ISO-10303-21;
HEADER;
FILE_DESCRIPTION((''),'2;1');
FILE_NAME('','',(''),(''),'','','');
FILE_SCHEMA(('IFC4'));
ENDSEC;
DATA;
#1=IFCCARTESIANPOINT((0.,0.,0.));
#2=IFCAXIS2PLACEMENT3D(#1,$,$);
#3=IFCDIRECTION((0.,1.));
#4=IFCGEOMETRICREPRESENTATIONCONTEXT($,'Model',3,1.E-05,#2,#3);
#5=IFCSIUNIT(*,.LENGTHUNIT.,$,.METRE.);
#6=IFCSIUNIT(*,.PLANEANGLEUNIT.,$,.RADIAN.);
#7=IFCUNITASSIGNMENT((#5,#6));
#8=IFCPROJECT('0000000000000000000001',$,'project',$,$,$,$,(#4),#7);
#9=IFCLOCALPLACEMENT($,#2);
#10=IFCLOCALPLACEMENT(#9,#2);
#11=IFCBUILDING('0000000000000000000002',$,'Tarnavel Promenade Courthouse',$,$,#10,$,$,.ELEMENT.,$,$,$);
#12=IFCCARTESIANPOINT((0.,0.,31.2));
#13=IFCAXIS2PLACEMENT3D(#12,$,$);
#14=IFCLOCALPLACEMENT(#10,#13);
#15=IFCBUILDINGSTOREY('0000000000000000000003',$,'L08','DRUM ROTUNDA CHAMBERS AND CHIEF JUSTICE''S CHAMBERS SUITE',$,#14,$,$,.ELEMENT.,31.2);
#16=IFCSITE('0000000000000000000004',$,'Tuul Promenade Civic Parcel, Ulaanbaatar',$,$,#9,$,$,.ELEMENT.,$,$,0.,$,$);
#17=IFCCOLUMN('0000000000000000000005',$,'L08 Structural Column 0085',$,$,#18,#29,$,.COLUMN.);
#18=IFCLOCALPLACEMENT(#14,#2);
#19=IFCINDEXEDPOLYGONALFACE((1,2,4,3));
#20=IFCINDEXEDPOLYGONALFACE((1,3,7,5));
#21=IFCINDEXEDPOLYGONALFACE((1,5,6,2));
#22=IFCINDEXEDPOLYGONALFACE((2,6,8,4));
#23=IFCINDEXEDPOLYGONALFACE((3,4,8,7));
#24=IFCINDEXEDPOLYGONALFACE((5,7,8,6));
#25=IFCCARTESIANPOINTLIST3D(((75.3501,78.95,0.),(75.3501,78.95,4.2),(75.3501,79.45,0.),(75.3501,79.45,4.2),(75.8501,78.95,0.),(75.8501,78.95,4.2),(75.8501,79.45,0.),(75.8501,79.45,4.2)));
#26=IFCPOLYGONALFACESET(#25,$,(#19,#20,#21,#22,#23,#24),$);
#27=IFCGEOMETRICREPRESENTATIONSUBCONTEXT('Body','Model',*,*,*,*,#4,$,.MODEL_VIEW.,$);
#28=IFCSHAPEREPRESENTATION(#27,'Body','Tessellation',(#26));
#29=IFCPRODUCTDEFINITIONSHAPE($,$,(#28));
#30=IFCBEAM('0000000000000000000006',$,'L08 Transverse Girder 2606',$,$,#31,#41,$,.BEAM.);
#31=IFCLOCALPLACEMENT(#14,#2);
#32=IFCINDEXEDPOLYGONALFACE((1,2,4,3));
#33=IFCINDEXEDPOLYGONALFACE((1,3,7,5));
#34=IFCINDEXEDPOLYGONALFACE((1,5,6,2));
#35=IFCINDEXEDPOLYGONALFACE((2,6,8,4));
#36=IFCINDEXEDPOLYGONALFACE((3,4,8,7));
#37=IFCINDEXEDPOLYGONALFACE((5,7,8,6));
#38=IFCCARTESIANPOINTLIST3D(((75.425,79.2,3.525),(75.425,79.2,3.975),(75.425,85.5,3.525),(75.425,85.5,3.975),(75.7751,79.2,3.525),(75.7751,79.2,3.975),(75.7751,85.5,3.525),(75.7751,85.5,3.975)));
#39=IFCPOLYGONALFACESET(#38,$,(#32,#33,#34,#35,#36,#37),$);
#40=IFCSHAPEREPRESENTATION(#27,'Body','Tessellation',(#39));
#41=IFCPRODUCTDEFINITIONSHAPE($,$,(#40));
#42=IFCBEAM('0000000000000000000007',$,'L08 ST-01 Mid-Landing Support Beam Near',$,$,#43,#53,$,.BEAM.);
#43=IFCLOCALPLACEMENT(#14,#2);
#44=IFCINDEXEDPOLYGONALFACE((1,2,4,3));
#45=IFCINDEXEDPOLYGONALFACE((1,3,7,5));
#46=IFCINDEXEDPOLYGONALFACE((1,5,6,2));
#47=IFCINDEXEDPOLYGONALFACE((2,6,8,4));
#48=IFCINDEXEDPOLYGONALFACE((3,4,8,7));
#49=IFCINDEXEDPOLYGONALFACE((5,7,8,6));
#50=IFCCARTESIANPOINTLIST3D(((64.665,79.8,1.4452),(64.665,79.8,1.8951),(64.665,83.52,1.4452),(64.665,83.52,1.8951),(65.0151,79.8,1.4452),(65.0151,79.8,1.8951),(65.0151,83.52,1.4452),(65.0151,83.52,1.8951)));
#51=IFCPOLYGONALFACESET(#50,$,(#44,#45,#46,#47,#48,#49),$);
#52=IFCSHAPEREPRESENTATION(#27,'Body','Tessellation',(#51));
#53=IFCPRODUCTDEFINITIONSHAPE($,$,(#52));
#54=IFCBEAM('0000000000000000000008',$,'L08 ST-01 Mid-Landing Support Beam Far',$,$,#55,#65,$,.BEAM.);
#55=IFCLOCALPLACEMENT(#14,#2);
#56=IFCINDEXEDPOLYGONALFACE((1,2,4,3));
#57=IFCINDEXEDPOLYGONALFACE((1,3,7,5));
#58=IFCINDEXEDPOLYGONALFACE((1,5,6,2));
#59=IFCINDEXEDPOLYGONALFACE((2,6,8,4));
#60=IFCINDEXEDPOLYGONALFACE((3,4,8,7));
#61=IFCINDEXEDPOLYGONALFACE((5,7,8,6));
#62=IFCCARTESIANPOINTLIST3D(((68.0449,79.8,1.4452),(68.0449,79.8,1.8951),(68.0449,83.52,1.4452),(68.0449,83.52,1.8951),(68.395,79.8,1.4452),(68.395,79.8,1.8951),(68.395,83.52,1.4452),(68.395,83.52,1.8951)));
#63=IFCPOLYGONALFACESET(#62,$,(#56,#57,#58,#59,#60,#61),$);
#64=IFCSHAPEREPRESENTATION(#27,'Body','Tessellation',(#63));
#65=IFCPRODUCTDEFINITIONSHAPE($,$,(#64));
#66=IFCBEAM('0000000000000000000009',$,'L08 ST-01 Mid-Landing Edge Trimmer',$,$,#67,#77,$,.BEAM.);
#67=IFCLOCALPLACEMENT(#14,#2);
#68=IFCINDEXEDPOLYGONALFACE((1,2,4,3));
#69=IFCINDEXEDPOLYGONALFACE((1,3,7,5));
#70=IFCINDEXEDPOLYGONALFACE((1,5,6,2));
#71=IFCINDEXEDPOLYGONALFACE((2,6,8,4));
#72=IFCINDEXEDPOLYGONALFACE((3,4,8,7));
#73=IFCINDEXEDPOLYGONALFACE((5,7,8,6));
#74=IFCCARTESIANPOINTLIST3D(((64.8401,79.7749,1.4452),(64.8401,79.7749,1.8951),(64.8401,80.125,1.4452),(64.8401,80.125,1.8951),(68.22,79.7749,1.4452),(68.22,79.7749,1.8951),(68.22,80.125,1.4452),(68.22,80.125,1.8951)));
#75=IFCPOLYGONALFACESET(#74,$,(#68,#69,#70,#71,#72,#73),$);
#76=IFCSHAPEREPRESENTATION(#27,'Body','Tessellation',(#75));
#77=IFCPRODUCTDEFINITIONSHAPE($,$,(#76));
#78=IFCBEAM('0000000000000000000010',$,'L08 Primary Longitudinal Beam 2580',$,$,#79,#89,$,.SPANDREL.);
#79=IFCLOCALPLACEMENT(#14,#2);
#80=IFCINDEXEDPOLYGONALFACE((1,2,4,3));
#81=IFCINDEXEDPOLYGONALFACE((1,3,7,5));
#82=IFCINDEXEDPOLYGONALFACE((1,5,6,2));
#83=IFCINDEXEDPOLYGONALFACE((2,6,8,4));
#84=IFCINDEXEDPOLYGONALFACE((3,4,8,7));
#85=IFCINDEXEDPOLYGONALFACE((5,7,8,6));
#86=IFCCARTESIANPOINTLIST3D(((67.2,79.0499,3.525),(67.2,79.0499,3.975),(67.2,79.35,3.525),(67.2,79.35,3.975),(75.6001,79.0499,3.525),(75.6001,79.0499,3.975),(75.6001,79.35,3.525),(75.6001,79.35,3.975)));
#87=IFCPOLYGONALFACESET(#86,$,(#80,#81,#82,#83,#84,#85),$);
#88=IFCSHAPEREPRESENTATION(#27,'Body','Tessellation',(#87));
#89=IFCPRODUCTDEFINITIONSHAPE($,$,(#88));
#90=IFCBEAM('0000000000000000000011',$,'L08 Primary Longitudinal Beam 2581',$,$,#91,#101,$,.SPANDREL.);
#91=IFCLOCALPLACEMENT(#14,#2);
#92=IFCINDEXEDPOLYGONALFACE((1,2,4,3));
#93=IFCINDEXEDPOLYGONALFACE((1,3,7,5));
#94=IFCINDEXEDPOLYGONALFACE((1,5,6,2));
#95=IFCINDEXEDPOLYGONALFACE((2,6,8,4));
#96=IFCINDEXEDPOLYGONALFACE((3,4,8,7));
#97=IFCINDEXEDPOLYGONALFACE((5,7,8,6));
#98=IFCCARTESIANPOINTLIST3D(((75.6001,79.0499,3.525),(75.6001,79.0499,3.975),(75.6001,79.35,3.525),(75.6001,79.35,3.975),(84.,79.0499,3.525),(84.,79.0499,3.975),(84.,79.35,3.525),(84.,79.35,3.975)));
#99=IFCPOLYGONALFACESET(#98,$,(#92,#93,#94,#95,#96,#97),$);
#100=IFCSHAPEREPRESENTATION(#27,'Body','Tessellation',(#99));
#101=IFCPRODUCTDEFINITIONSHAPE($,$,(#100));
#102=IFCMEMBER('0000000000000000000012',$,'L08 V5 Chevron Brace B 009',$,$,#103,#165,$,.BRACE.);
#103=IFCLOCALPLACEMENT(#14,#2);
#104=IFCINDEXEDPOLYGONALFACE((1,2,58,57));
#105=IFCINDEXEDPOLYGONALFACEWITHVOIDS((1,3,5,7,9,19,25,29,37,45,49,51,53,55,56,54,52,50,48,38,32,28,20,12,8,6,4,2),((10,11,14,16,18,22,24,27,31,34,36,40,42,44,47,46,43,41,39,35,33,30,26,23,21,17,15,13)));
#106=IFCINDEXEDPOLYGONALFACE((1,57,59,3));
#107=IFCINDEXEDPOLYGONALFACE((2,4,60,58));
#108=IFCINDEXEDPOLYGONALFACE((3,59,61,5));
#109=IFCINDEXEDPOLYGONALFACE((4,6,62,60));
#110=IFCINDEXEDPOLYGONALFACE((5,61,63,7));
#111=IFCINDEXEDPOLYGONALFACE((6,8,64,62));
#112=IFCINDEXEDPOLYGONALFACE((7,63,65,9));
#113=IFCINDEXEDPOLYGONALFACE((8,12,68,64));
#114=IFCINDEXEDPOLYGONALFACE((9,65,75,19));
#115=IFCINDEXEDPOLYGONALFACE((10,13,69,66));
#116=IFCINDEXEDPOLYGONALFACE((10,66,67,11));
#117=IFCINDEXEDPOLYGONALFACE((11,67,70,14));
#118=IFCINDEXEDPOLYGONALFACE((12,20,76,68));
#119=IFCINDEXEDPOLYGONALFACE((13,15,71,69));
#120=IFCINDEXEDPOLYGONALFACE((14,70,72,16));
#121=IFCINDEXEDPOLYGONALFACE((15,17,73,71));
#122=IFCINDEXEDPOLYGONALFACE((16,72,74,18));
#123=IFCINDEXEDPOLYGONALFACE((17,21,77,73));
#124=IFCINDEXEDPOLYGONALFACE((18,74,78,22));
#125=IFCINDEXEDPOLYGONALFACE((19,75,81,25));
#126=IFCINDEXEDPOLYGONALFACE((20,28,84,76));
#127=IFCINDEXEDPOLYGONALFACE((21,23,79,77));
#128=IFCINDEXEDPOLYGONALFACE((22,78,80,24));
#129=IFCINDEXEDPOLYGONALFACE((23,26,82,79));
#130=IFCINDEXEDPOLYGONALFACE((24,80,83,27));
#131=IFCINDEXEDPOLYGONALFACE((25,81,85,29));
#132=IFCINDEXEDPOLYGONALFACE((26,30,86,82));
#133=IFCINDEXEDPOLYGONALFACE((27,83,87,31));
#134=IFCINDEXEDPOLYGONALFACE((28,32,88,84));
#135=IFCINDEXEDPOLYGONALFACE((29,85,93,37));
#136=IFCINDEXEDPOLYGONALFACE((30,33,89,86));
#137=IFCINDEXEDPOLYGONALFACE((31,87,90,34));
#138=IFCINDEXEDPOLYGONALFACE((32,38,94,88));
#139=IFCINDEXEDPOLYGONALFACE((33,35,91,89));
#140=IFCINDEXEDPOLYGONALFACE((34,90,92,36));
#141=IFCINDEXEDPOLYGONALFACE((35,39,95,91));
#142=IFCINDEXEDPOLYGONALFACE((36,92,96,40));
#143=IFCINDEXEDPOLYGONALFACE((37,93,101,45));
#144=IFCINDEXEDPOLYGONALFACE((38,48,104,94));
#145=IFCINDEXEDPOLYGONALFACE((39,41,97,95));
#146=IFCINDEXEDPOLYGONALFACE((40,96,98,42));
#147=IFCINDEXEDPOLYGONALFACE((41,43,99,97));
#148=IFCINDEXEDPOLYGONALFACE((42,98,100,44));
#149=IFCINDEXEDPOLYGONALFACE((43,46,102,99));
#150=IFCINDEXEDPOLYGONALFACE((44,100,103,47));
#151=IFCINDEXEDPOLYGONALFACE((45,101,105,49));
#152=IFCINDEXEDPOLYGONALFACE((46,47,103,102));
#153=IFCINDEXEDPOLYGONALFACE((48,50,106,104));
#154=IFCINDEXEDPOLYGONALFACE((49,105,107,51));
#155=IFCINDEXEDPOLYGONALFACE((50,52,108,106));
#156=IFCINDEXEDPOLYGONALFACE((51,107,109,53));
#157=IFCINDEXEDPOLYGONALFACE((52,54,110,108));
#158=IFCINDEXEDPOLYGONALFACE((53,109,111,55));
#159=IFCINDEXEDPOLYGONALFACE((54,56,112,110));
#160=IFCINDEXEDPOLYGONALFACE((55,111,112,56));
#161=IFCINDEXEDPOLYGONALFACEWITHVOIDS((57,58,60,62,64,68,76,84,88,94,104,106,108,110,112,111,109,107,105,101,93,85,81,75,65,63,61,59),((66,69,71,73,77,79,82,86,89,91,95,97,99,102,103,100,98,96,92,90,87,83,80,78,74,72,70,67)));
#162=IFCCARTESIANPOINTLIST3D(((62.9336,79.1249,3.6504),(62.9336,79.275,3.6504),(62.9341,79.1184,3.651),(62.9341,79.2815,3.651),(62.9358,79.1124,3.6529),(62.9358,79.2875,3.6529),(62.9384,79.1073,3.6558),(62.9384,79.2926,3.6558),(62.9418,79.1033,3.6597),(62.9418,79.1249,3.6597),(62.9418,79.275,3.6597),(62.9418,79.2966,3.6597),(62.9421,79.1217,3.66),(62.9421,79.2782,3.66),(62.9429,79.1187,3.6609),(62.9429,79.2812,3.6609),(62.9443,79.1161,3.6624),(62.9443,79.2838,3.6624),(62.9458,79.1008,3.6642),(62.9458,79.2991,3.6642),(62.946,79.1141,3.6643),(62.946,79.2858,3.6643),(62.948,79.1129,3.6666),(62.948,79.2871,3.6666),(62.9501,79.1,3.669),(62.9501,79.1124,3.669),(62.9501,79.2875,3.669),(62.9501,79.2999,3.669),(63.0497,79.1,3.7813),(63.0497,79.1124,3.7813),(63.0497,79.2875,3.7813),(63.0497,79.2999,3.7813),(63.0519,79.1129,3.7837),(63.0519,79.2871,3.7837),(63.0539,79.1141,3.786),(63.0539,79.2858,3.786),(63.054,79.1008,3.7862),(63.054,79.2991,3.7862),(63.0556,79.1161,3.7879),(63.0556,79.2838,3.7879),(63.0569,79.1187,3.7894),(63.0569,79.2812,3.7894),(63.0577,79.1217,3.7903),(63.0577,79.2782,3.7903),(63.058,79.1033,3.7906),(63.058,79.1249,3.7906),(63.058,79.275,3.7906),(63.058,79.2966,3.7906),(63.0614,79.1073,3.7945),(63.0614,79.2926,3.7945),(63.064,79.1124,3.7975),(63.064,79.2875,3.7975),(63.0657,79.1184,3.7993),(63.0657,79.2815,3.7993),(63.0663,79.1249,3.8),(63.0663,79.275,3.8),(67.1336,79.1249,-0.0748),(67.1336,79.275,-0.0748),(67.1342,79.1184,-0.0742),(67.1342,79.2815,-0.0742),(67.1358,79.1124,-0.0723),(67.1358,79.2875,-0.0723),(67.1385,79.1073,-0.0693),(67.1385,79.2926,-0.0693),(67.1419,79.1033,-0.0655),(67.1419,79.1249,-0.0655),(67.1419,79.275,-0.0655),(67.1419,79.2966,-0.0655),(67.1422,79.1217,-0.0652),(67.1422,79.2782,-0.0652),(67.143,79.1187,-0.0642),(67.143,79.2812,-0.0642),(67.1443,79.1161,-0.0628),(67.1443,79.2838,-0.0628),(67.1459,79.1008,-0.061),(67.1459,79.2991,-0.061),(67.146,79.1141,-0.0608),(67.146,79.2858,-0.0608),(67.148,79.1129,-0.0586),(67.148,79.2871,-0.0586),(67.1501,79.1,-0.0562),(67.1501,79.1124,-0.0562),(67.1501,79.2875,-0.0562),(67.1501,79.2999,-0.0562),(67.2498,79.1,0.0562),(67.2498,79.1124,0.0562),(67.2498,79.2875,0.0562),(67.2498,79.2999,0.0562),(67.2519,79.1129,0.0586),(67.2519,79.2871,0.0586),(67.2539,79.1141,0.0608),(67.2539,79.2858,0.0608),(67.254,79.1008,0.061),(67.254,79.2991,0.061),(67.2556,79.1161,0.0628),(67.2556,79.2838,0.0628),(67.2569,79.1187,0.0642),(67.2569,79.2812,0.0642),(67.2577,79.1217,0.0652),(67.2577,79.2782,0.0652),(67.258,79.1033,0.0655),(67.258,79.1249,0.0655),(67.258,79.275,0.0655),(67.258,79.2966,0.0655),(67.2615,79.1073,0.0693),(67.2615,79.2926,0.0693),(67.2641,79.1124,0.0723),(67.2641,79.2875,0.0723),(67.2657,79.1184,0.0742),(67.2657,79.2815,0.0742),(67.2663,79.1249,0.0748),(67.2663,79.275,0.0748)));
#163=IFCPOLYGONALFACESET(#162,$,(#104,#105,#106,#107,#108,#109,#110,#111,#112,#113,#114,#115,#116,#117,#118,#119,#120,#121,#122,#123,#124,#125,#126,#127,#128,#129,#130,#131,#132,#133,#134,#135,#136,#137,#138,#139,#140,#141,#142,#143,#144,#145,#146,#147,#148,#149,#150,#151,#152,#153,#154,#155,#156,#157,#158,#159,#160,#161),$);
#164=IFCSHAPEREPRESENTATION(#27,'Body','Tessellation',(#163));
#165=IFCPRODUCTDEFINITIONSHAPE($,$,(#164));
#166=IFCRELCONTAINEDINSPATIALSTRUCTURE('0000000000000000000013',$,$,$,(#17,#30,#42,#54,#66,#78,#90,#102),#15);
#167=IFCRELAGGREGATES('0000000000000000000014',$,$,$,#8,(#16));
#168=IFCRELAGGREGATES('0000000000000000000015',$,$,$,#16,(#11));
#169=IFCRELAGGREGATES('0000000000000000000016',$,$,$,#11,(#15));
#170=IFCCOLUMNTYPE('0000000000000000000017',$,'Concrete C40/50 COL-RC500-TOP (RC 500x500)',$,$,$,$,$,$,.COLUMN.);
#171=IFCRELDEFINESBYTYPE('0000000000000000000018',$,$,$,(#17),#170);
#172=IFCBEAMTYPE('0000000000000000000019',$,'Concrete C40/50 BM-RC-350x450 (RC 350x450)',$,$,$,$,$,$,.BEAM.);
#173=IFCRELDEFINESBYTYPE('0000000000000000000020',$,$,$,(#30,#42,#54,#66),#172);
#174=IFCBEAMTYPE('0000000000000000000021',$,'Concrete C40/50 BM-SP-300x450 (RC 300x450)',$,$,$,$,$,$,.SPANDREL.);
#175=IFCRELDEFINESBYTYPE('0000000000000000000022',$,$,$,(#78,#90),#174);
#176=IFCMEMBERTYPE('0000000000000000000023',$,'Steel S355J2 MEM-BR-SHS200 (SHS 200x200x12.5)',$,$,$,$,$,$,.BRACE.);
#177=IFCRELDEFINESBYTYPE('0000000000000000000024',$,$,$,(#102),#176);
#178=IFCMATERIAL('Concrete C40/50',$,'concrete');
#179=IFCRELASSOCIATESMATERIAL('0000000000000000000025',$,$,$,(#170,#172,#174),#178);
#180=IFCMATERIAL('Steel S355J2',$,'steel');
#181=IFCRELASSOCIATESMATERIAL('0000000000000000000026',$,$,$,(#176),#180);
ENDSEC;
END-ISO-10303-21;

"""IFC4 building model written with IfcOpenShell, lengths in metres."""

from ifc_helpers import new_model, si_unit, direction, frame, origin, origin_2d, place, context, subcontext, project, spatial, rectangle, hollow_rectangle, extrude, material, material_profile, profile_set, type_object, element, save


model = new_model("IFC4")

# Units and contexts
model_context = context("Model", 3, precision=1e-05, world=origin(), true_north=direction((0.0, 1.0)))
body_context = subcontext(model_context, "Body", "Model", "MODEL_VIEW")
ifc_project = project(units=[si_unit("LENGTHUNIT", "METRE"), si_unit("PLANEANGLEUNIT", "RADIAN")], contexts=[model_context])

# Site, building, storey
site_placement = place(None, origin())
site = spatial("IfcSite", under=ifc_project, at=site_placement, Name="Tuul Promenade Civic Parcel, Ulaanbaatar", CompositionType="ELEMENT", RefElevation=0.0)
building_placement = place(site_placement, origin())
building = spatial("IfcBuilding", under=site, at=building_placement, Name="Tarnavel Promenade Courthouse", CompositionType="ELEMENT")
storey_placement = place(building_placement, frame((0.0, 0.0, 31.2)))
storey = spatial("IfcBuildingStorey", under=building, at=storey_placement, Name="L08", Description="DRUM ROTUNDA CHAMBERS AND CHIEF JUSTICE'S CHAMBERS SUITE", CompositionType="ELEMENT", Elevation=31.2)

# Column
ifc_material_1 = material(Name="Concrete C40/50", Category="concrete")
ifc_material_profile_1 = material_profile(ifc_material_1, rectangle(XDim=0.5, YDim=0.5, at=origin_2d()), Name="RC 500x500")
ifc_profile_set_1 = profile_set([ifc_material_profile_1], Name="Concrete C40/50")
column_type = type_object("IfcColumnType", Name="Concrete C40/50 COL-RC500-TOP (RC 500x500)", PredefinedType="COLUMN", material=ifc_profile_set_1)
column_placement = place(storey_placement, frame((75.6001, 79.2, 0.0), z_axis=(0.0, 0.0, 1.0), x_axis=(1.0, 0.0, 0.0)))
element("IfcColumn", 1, at=column_placement, inside=storey, type_object=column_type, Name="L08 Structural Column 0085", PredefinedType="COLUMN", context=body_context, shape_type="SweptSolid", body=[
    extrude(rectangle(XDim=0.5, YDim=0.5, at=origin_2d()), origin(), (0.0, 0.0, 1.0), 4.2),
])

# Beams
ifc_material_profile_2 = material_profile(ifc_material_1, rectangle(XDim=0.3501, YDim=0.45, at=origin_2d()), Name="RC 350x450")
ifc_profile_set_2 = profile_set([ifc_material_profile_2], Name="Concrete C40/50")
beam_type_1 = type_object("IfcBeamType", Name="Concrete C40/50 BM-RC-350x450 (RC 350x450)", PredefinedType="BEAM", material=ifc_profile_set_2)
beam_1_placement = place(storey_placement, frame((75.6001, 79.2, 3.75), z_axis=(0.0, 1.0, 0.0), x_axis=(-1.0, 0.0, 0.0)))
element("IfcBeam", 2, at=beam_1_placement, inside=storey, type_object=beam_type_1, Name="L08 Transverse Girder 2606", PredefinedType="BEAM", context=body_context, shape_type="SweptSolid", body=[
    extrude(rectangle(XDim=0.3501, YDim=0.45, at=origin_2d()), origin(), (0.0, 0.0, 1.0), 6.3),
])
for number, where, z_axis, x_axis, name in (
    (3, (64.8401, 79.8, 1.6702), (0.0, 1.0, 0.0), (-1.0, 0.0, 0.0), "L08 ST-01 Mid-Landing Support Beam Near"),
    (4, (68.22, 79.8, 1.6702), (0.0, 1.0, 0.0), (-1.0, 0.0, 0.0), "L08 ST-01 Mid-Landing Support Beam Far"),
):
    element("IfcBeam", number, at=place(storey_placement, frame(where, z_axis=z_axis, x_axis=x_axis)), inside=storey, type_object=beam_type_1, Name=name, PredefinedType="BEAM", context=body_context, shape_type="SweptSolid", body=[
        extrude(rectangle(XDim=0.3501, YDim=0.45, at=origin_2d()), origin(), (0.0, 0.0, 1.0), 3.72),
    ])
beam_2_placement = place(storey_placement, frame((64.8401, 79.95, 1.6702), z_axis=(1.0, 0.0, 0.0), x_axis=(0.0, 1.0, 0.0)))
element("IfcBeam", 5, at=beam_2_placement, inside=storey, type_object=beam_type_1, Name="L08 ST-01 Mid-Landing Edge Trimmer", PredefinedType="BEAM", context=body_context, shape_type="SweptSolid", body=[
    extrude(rectangle(XDim=0.3501, YDim=0.45, at=origin_2d()), origin(), (0.0, 0.0, 1.0), 3.3799),
])
ifc_material_profile_3 = material_profile(ifc_material_1, rectangle(XDim=0.3, YDim=0.45, at=origin_2d()), Name="RC 300x450")
ifc_profile_set_3 = profile_set([ifc_material_profile_3], Name="Concrete C40/50")
beam_type_2 = type_object("IfcBeamType", Name="Concrete C40/50 BM-SP-300x450 (RC 300x450)", PredefinedType="SPANDREL", material=ifc_profile_set_3)
beam_3_placement = place(storey_placement, frame((67.2, 79.2, 3.75), z_axis=(1.0, 0.0, 0.0), x_axis=(0.0, 1.0, 0.0)))
element("IfcBeam", 6, at=beam_3_placement, inside=storey, type_object=beam_type_2, Name="L08 Primary Longitudinal Beam 2580", PredefinedType="SPANDREL", context=body_context, shape_type="SweptSolid", body=[
    extrude(rectangle(XDim=0.3, YDim=0.45, at=origin_2d()), origin(), (0.0, 0.0, 1.0), 8.4001),
])
beam_4_placement = place(storey_placement, frame((75.6001, 79.2, 3.75), z_axis=(1.0, 0.0, 0.0), x_axis=(0.0, 1.0, 0.0)))
element("IfcBeam", 7, at=beam_4_placement, inside=storey, type_object=beam_type_2, Name="L08 Primary Longitudinal Beam 2581", PredefinedType="SPANDREL", context=body_context, shape_type="SweptSolid", body=[
    extrude(rectangle(XDim=0.3, YDim=0.45, at=origin_2d()), origin(), (0.0, 0.0, 1.0), 8.3999),
])

# Member
ifc_material_2 = material(Name="Steel S355J2", Category="steel")
ifc_material_profile_4 = material_profile(ifc_material_2, hollow_rectangle(XDim=0.2, YDim=0.2, WallThickness=0.0125, InnerFilletRadius=0.0125, OuterFilletRadius=0.0249, at=origin_2d()), Name="SHS 200x200x12.5")
ifc_profile_set_4 = profile_set([ifc_material_profile_4], Name="Steel S355J2")
member_type_1 = type_object("IfcMemberType", Name="Steel S355J2 MEM-BR-SHS200 (SHS 200x200x12.5)", PredefinedType="BRACE", material=ifc_profile_set_4)
member_1_placement = place(storey_placement, frame((67.2, 79.2, 0.0), z_axis=(-0.748133, 0.0, 0.663548), x_axis=(0.0, -1.0, 0.0)))
element("IfcMember", 8, at=member_1_placement, inside=storey, type_object=member_type_1, Name="L08 V5 Chevron Brace B 009", PredefinedType="BRACE", context=body_context, shape_type="SweptSolid", body=[
    extrude(hollow_rectangle(XDim=0.2, YDim=0.2, WallThickness=0.0125, InnerFilletRadius=0.0125, OuterFilletRadius=0.0249, at=origin_2d()), origin(), (0.0, 0.0, 1.0), 5.614),
])

save(model, "model.ifc")
